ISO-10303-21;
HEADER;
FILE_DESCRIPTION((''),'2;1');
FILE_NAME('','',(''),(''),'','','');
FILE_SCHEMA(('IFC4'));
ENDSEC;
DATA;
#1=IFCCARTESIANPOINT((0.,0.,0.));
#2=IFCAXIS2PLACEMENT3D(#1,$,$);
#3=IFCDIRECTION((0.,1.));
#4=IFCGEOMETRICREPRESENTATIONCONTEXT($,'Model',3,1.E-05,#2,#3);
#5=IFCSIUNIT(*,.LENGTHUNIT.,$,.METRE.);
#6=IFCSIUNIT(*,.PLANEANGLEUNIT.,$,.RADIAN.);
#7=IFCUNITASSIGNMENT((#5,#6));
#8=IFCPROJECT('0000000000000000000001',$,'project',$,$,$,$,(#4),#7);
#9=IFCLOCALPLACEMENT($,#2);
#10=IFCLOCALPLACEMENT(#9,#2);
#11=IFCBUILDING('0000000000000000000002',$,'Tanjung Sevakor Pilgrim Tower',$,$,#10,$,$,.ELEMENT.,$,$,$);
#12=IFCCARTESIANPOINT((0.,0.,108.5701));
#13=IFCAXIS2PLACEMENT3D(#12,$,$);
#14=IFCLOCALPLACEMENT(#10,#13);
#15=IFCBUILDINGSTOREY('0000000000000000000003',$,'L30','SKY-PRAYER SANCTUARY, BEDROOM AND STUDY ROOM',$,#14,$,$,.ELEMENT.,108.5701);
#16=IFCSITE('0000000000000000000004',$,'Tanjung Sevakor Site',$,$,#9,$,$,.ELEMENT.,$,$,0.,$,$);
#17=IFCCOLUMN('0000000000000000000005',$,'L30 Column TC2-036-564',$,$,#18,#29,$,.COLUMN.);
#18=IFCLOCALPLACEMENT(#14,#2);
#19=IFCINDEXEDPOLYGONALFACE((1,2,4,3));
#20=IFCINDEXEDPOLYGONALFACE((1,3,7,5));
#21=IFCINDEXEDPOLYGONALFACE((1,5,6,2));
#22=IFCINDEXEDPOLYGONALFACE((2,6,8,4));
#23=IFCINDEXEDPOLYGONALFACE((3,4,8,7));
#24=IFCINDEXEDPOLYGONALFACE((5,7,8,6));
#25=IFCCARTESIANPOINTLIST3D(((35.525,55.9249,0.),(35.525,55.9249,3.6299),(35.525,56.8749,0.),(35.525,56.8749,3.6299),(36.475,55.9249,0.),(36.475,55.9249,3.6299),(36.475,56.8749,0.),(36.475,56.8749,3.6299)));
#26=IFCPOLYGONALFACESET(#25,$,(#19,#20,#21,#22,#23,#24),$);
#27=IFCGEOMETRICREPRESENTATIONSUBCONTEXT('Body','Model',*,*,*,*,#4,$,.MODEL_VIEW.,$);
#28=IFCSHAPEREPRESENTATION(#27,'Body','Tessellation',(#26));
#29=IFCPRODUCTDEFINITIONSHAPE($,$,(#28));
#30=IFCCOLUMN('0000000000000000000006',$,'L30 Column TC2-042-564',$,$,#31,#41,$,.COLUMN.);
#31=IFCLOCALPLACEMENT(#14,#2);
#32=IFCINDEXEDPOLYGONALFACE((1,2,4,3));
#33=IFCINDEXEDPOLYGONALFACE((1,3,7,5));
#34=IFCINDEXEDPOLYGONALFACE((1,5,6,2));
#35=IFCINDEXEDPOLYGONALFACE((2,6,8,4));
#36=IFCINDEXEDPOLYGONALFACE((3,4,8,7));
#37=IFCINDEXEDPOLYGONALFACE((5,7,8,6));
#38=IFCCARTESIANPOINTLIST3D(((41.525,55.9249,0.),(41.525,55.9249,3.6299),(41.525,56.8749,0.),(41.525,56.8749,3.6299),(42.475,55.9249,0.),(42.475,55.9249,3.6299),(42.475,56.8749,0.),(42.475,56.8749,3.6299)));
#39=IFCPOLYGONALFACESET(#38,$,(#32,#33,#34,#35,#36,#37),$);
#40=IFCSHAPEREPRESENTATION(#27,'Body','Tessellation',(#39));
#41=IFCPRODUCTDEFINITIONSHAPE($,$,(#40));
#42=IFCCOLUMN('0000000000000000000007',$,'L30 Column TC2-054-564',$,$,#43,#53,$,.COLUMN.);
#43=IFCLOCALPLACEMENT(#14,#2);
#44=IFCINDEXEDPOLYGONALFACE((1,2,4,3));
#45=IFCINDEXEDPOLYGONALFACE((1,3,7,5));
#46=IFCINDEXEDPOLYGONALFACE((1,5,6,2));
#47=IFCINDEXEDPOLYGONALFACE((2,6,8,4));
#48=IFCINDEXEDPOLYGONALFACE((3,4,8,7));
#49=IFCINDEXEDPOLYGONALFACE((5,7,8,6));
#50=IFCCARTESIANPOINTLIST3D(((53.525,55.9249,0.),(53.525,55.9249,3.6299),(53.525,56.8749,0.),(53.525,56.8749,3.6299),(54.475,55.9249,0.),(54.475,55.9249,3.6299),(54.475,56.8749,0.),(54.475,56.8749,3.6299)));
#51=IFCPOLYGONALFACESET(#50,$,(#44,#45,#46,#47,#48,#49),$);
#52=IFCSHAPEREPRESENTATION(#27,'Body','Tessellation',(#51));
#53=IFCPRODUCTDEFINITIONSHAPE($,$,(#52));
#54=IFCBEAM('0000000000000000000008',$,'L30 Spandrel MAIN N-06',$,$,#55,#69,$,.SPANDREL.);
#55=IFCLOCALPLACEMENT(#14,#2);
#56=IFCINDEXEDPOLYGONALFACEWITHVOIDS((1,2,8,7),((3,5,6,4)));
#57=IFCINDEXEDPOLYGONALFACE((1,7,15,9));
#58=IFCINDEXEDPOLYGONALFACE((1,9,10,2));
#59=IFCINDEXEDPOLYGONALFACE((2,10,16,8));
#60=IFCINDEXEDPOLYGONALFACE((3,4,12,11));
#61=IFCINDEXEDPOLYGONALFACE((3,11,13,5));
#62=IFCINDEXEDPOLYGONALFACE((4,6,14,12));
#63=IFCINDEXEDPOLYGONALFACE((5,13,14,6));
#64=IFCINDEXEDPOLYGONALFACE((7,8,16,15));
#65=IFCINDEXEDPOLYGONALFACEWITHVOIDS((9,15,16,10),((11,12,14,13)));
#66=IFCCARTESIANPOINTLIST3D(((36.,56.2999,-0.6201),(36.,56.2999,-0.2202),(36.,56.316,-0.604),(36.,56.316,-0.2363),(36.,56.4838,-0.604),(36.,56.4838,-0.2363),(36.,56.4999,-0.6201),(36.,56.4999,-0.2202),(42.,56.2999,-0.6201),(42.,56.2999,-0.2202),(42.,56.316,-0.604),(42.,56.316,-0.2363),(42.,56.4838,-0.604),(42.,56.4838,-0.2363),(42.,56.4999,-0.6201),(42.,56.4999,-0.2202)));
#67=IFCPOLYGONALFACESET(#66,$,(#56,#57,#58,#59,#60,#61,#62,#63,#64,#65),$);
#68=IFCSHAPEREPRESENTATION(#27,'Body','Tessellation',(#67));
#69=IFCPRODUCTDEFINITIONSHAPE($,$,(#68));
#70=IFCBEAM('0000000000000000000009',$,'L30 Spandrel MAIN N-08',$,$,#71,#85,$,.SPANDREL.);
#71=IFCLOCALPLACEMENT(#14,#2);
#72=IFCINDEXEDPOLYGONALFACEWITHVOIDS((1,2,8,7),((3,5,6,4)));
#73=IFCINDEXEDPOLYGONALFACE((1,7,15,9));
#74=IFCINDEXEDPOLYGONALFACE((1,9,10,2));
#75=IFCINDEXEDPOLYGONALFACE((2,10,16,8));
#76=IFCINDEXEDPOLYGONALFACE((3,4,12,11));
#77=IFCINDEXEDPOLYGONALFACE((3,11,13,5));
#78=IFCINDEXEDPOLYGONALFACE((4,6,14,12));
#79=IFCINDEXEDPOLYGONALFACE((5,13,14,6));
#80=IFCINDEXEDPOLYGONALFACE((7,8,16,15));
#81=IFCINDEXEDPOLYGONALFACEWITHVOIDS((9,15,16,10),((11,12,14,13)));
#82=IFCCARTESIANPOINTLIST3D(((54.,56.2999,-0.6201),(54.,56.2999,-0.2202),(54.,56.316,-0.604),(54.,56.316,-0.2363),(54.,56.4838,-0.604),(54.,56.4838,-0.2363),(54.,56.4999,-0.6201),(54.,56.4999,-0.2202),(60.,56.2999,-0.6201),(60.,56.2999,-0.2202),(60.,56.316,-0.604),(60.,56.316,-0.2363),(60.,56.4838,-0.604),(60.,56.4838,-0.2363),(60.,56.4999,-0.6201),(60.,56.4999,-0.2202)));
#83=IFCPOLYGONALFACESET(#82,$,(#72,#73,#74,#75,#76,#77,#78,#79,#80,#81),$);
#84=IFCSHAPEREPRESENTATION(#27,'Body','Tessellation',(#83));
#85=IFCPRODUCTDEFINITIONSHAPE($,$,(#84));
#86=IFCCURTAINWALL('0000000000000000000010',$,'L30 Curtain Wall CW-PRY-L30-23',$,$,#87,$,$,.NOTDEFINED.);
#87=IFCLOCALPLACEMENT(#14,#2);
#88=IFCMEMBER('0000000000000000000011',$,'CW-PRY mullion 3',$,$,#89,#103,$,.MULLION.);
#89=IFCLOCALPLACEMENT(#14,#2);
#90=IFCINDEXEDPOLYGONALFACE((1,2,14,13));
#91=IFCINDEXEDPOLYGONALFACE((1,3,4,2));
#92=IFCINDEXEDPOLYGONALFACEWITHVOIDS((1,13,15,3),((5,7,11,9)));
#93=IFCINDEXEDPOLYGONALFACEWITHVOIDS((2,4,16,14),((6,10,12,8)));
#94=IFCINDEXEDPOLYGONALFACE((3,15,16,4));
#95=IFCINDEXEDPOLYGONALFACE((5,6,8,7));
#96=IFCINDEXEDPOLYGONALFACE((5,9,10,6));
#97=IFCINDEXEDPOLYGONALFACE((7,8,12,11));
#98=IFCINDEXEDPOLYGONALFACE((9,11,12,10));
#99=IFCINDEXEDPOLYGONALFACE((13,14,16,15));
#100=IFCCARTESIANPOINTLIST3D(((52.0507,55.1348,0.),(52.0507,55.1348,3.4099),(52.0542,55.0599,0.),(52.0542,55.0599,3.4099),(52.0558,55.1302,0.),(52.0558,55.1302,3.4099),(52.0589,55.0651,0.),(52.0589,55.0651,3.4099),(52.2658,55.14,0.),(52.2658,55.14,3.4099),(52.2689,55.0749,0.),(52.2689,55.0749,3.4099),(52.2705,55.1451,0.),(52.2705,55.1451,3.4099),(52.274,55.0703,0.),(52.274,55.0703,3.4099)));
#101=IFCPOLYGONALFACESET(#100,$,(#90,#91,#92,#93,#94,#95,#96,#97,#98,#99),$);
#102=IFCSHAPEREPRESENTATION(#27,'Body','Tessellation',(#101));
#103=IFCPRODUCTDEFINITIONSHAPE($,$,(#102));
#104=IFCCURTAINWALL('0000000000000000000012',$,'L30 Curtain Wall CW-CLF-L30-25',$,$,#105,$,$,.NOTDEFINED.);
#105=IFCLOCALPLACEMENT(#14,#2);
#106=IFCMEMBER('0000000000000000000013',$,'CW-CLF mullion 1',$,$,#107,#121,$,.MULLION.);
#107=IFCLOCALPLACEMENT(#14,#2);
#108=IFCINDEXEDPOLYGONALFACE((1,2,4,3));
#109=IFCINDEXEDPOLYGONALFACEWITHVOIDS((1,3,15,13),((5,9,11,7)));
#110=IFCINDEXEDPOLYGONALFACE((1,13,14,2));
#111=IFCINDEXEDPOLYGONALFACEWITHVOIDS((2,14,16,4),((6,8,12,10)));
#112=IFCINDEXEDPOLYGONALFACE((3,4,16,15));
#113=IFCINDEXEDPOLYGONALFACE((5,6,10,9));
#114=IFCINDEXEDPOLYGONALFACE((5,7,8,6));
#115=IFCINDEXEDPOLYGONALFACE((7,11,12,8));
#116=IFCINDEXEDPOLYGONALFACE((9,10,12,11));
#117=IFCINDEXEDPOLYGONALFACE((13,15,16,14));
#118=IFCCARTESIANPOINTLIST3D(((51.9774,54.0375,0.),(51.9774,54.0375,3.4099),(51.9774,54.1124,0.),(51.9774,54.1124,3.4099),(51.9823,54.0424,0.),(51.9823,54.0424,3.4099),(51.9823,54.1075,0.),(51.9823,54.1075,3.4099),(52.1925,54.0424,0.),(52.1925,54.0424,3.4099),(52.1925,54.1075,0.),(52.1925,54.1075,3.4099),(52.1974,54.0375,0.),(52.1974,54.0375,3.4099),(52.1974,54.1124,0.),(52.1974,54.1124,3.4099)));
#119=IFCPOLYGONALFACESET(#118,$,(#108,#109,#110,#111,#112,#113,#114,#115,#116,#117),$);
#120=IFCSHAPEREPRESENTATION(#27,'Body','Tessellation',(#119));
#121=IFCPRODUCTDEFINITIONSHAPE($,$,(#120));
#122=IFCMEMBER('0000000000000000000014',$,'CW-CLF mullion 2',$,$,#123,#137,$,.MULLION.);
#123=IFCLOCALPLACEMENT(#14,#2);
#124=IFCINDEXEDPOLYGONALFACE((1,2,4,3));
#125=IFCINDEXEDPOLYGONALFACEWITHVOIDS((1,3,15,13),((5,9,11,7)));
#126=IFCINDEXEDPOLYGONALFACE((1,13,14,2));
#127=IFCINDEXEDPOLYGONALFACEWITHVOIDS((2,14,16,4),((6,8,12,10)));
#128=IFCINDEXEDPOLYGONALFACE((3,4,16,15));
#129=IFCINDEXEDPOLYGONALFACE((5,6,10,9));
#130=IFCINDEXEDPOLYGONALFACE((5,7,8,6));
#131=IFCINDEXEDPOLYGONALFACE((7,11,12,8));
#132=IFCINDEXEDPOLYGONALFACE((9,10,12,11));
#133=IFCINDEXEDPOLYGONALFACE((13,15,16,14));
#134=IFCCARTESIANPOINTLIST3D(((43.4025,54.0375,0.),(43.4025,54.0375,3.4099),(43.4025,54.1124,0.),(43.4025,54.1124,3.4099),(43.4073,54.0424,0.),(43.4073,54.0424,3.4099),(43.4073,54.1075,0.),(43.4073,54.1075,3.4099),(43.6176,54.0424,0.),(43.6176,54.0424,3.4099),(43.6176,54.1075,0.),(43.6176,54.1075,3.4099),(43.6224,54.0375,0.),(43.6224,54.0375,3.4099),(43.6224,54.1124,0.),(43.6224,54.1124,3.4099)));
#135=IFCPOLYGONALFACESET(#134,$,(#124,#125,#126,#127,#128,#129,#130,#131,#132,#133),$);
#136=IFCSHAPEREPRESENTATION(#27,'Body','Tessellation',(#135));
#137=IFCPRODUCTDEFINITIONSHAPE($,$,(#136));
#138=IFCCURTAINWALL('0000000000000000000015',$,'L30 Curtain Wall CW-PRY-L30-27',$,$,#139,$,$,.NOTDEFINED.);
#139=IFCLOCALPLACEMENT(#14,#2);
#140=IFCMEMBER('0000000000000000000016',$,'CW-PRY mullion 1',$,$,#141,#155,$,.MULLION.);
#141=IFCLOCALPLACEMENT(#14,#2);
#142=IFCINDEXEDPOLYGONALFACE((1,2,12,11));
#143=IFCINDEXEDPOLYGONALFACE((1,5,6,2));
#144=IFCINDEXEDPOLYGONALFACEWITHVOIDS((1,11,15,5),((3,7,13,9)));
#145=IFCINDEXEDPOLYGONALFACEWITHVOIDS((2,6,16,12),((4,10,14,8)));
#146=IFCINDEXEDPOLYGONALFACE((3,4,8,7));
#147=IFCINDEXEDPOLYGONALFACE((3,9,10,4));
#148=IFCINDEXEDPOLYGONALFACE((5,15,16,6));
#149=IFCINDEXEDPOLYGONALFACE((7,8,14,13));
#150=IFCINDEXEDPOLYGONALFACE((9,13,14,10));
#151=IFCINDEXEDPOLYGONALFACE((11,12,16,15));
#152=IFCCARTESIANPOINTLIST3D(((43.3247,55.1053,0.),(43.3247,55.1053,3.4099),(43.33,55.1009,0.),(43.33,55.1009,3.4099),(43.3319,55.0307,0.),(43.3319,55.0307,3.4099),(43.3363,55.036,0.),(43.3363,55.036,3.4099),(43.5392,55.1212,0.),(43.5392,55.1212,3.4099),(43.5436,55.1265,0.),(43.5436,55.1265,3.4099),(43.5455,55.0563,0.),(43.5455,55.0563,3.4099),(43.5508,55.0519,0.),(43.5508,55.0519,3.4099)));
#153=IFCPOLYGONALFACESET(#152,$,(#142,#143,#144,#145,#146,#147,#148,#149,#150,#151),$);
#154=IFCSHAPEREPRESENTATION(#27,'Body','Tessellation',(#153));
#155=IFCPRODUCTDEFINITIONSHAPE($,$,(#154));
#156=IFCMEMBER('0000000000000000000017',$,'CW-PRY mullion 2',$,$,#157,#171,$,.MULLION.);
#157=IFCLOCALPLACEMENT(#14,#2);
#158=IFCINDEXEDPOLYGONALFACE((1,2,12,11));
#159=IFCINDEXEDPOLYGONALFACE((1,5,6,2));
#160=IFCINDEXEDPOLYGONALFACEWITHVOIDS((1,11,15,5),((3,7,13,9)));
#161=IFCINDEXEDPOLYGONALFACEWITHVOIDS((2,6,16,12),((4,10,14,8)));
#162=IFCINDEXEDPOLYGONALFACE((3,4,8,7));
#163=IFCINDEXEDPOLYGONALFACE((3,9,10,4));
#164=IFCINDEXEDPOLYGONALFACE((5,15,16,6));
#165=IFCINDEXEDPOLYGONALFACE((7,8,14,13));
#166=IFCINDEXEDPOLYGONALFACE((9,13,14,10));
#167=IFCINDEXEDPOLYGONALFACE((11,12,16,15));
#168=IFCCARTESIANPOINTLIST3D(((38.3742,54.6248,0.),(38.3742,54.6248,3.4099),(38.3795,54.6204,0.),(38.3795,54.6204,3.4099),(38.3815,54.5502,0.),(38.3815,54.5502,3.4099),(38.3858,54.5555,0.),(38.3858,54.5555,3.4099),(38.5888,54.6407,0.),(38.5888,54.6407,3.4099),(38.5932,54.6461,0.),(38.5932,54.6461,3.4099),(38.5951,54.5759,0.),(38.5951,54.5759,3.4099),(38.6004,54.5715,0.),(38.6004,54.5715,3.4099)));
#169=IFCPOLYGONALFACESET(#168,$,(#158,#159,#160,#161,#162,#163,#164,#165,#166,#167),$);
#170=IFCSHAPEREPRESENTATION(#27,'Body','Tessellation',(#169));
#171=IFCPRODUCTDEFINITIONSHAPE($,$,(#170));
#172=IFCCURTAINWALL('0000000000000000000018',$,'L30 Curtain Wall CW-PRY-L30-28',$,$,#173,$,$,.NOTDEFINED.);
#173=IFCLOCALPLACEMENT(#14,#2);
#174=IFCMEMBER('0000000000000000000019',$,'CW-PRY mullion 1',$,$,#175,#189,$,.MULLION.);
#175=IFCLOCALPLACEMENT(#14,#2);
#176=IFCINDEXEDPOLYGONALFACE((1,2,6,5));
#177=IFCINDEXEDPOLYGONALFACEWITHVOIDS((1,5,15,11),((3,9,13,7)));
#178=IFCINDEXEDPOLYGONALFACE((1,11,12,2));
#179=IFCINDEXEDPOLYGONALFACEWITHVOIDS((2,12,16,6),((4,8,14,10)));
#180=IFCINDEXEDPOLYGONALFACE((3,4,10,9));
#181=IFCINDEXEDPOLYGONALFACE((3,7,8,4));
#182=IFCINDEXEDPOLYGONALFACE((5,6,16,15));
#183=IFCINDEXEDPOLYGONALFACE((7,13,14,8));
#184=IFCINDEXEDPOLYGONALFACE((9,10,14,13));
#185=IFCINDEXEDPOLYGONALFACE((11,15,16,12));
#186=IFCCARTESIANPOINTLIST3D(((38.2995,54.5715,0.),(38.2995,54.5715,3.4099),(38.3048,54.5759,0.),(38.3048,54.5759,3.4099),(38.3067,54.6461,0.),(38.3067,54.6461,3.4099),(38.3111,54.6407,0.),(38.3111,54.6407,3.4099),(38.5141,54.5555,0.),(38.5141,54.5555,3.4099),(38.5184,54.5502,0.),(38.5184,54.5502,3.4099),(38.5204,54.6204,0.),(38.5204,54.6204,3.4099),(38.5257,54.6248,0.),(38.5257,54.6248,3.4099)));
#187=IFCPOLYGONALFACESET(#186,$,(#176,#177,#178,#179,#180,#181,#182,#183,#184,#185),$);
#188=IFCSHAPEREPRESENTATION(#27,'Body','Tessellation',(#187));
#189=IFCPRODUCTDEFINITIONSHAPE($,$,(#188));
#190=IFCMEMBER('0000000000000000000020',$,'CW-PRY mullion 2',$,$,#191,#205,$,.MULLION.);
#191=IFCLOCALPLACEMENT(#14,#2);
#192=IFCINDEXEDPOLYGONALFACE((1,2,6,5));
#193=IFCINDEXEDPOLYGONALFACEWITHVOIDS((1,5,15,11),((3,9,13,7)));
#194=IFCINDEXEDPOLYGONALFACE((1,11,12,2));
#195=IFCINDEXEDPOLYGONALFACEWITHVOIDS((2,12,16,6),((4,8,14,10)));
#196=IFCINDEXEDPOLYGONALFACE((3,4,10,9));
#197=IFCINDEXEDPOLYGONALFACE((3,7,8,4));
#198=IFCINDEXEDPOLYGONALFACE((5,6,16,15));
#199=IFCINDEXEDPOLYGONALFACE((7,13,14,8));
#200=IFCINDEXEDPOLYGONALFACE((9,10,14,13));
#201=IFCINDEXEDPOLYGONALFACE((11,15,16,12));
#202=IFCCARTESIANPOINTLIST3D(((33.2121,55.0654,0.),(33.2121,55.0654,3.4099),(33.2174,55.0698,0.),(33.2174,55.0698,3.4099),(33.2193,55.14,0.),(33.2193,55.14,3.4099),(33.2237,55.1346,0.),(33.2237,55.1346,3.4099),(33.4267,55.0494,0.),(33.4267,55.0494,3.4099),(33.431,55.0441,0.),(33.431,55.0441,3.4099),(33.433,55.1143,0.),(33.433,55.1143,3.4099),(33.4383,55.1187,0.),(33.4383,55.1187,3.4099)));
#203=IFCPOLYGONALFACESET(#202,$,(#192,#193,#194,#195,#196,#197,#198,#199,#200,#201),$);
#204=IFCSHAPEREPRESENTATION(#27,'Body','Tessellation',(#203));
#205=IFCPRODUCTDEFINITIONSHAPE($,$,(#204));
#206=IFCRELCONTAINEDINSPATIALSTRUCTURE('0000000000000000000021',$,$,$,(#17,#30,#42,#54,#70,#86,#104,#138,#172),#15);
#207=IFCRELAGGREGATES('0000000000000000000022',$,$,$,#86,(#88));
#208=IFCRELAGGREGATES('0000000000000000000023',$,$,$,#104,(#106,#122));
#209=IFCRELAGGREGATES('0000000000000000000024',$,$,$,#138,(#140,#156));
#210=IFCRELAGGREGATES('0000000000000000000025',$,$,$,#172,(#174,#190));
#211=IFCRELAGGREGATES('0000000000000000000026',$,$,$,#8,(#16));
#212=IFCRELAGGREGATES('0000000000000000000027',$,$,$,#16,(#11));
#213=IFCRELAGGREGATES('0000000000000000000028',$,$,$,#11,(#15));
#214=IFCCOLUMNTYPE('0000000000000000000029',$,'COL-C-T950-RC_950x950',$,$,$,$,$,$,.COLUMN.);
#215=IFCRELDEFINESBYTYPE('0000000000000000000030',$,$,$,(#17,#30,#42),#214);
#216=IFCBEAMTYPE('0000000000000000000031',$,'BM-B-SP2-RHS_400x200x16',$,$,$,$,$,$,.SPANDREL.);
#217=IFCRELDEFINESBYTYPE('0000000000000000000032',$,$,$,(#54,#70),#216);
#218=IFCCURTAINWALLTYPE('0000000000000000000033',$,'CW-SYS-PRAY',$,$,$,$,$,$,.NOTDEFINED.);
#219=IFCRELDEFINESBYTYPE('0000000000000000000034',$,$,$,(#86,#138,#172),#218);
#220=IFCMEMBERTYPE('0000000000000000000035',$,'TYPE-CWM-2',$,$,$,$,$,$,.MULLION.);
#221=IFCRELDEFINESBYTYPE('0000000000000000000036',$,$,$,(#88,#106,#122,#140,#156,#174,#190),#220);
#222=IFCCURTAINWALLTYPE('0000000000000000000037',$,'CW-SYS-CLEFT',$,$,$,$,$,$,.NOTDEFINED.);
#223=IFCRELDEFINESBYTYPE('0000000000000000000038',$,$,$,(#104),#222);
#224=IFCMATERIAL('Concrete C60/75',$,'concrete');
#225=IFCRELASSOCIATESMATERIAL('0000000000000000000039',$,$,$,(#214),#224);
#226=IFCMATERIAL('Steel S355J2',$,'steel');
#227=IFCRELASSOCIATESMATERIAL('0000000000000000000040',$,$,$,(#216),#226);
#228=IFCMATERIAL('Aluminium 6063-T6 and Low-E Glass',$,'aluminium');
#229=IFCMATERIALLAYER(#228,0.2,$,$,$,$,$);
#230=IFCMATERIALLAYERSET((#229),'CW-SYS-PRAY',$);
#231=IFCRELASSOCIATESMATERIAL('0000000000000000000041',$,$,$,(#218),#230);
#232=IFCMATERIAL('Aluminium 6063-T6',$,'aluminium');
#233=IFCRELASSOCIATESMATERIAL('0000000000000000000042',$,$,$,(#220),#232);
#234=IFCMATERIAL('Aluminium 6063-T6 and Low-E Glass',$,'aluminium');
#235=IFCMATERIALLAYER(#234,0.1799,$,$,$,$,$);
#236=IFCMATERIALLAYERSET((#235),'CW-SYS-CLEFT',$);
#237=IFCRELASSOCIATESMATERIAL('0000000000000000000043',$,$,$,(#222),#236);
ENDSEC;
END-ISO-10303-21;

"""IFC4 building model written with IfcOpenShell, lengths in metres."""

from ifc_helpers import new_model, si_unit, direction, frame, origin, origin_2d, place, context, subcontext, project, spatial, rectangle, hollow_rectangle, extrude, material, layer, layer_set, material_profile, profile_set, type_object, element, aggregate, save


model = new_model("IFC4")

# Units and contexts
model_context = context("Model", 3, precision=1e-05, world=origin(), true_north=direction((0.0, 1.0)))
body_context = subcontext(model_context, "Body", "Model", "MODEL_VIEW")
ifc_project = project(units=[si_unit("LENGTHUNIT", "METRE"), si_unit("PLANEANGLEUNIT", "RADIAN")], contexts=[model_context])

# Site, building, storey
site_placement = place(None, origin())
site = spatial("IfcSite", under=ifc_project, at=site_placement, Name="Tanjung Sevakor Site", CompositionType="ELEMENT", RefElevation=0.0)
building_placement = place(site_placement, origin())
building = spatial("IfcBuilding", under=site, at=building_placement, Name="Tanjung Sevakor Pilgrim Tower", CompositionType="ELEMENT")
storey_placement = place(building_placement, frame((0.0, 0.0, 108.5701)))
storey = spatial("IfcBuildingStorey", under=building, at=storey_placement, Name="L30", Description="SKY-PRAYER SANCTUARY, BEDROOM AND STUDY ROOM", CompositionType="ELEMENT", Elevation=108.5701)

# Columns
ifc_material_1 = material(Name="Concrete C60/75", Category="concrete")
ifc_material_profile_1 = material_profile(ifc_material_1, rectangle(XDim=0.95, YDim=0.95, at=origin_2d()))
ifc_profile_set_1 = profile_set([ifc_material_profile_1], Name="Concrete C60/75")
column_type = type_object("IfcColumnType", Name="COL-C-T950-RC_950x950", PredefinedType="COLUMN", material=ifc_profile_set_1)
for number, where, z_axis, x_axis, name in (
    (1, (36.0, 56.3999, 0.0), (0.0, 0.0, 1.0), (1.0, 0.0, 0.0), "L30 Column TC2-036-564"),
    (2, (42.0, 56.3999, 0.0), (0.0, 0.0, 1.0), (1.0, 0.0, 0.0), "L30 Column TC2-042-564"),
    (3, (54.0, 56.3999, 0.0), (0.0, 0.0, 1.0), (1.0, 0.0, 0.0), "L30 Column TC2-054-564"),
):
    element("IfcColumn", number, at=place(storey_placement, frame(where, z_axis=z_axis, x_axis=x_axis)), inside=storey, type_object=column_type, Name=name, PredefinedType="COLUMN", context=body_context, shape_type="SweptSolid", body=[
        extrude(rectangle(XDim=0.95, YDim=0.95, at=origin_2d()), origin(), (0.0, 0.0, 1.0), 3.6299),
    ])

# Beams
ifc_material_2 = material(Name="Steel S355J2", Category="steel")
ifc_material_profile_2 = material_profile(ifc_material_2, hollow_rectangle(XDim=0.2, YDim=0.3999, WallThickness=0.0161, at=origin_2d()))
ifc_profile_set_2 = profile_set([ifc_material_profile_2], Name="Steel S355J2")
beam_type = type_object("IfcBeamType", Name="BM-B-SP2-RHS_400x200x16", PredefinedType="SPANDREL", material=ifc_profile_set_2)
for number, where, z_axis, x_axis, name in (
    (4, (36.0, 56.3999, -0.4202), (1.0, 0.0, 0.0), (0.0, 1.0, 0.0), "L30 Spandrel MAIN N-06"),
    (5, (54.0, 56.3999, -0.4202), (1.0, 0.0, 0.0), (0.0, 1.0, 0.0), "L30 Spandrel MAIN N-08"),
):
    element("IfcBeam", number, at=place(storey_placement, frame(where, z_axis=z_axis, x_axis=x_axis)), inside=storey, type_object=beam_type, Name=name, PredefinedType="SPANDREL", context=body_context, shape_type="SweptSolid", body=[
        extrude(hollow_rectangle(XDim=0.2, YDim=0.3999, WallThickness=0.0161, at=origin_2d()), origin(), (0.0, 0.0, 1.0), 6.0),
    ])

# Curtain wall, member
ifc_material_3 = material(Name="Aluminium 6063-T6 and Low-E Glass", Category="aluminium")
ifc_layer_1 = layer(ifc_material_3, 0.2)
ifc_layer_set_1 = layer_set([ifc_layer_1], Name="CW-SYS-PRAY")
curtain_wall_type_1 = type_object("IfcCurtainWallType", Name="CW-SYS-PRAY", PredefinedType="NOTDEFINED", material=ifc_layer_set_1)
curtain_wall_1_placement = place(storey_placement, origin())
curtain_wall_1 = element("IfcCurtainWall", 6, at=curtain_wall_1_placement, inside=storey, type_object=curtain_wall_type_1, Name="L30 Curtain Wall CW-PRY-L30-23", PredefinedType="NOTDEFINED")
ifc_material_4 = material(Name="Aluminium 6063-T6", Category="aluminium")
ifc_material_profile_3 = material_profile(ifc_material_4, hollow_rectangle(XDim=0.075, YDim=0.22, WallThickness=0.0049, at=origin_2d()))
ifc_profile_set_3 = profile_set([ifc_material_profile_3], Name="Aluminium 6063-T6")
member_type_1 = type_object("IfcMemberType", Name="TYPE-CWM-2", PredefinedType="MULLION", material=ifc_profile_set_3)
member_1_placement = place(storey_placement, frame((52.1624, 55.1025, 0.0), z_axis=(0.0, 0.0, 1.0), x_axis=(0.046903, -0.998899, 0.0)))
member_1 = element("IfcMember", 7, at=member_1_placement, type_object=member_type_1, Name="CW-PRY mullion 3", PredefinedType="MULLION", context=body_context, shape_type="SweptSolid", body=[
    extrude(hollow_rectangle(XDim=0.075, YDim=0.22, WallThickness=0.0049, at=origin_2d()), origin(), (0.0, 0.0, 1.0), 3.4099),
])
aggregate(curtain_wall_1, [member_1])

# Curtain walls, members
ifc_material_5 = material(Name="Aluminium 6063-T6 and Low-E Glass", Category="aluminium")
ifc_layer_2 = layer(ifc_material_5, 0.1799)
ifc_layer_set_2 = layer_set([ifc_layer_2], Name="CW-SYS-CLEFT")
curtain_wall_type_2 = type_object("IfcCurtainWallType", Name="CW-SYS-CLEFT", PredefinedType="NOTDEFINED", material=ifc_layer_set_2)
curtain_wall_2_placement = place(storey_placement, origin())
curtain_wall_2 = element("IfcCurtainWall", 8, at=curtain_wall_2_placement, inside=storey, type_object=curtain_wall_type_2, Name="L30 Curtain Wall CW-CLF-L30-25", PredefinedType="NOTDEFINED")
member_2_placement = place(storey_placement, frame((52.0874, 54.075, 0.0), z_axis=(0.0, 0.0, 1.0), x_axis=(0.0, -1.0, 0.0)))
member_2 = element("IfcMember", 9, at=member_2_placement, type_object=member_type_1, Name="CW-CLF mullion 1", PredefinedType="MULLION", context=body_context, shape_type="SweptSolid", body=[
    extrude(hollow_rectangle(XDim=0.075, YDim=0.22, WallThickness=0.0049, at=origin_2d()), origin(), (0.0, 0.0, 1.0), 3.4099),
])
member_3_placement = place(storey_placement, frame((43.5125, 54.075, 0.0), z_axis=(0.0, 0.0, 1.0), x_axis=(0.0, -1.0, 0.0)))
member_3 = element("IfcMember", 10, at=member_3_placement, type_object=member_type_1, Name="CW-CLF mullion 2", PredefinedType="MULLION", context=body_context, shape_type="SweptSolid", body=[
    extrude(hollow_rectangle(XDim=0.075, YDim=0.22, WallThickness=0.0049, at=origin_2d()), origin(), (0.0, 0.0, 1.0), 3.4099),
])
curtain_wall_3_placement = place(storey_placement, origin())
curtain_wall_3 = element("IfcCurtainWall", 11, at=curtain_wall_3_placement, inside=storey, type_object=curtain_wall_type_1, Name="L30 Curtain Wall CW-PRY-L30-27", PredefinedType="NOTDEFINED")
member_4_placement = place(storey_placement, frame((43.4377, 55.0786, 0.0), z_axis=(0.0, 0.0, 1.0), x_axis=(0.09664, -0.995319, 0.0)))
member_4 = element("IfcMember", 12, at=member_4_placement, type_object=member_type_1, Name="CW-PRY mullion 1", PredefinedType="MULLION", context=body_context, shape_type="SweptSolid", body=[
    extrude(hollow_rectangle(XDim=0.075, YDim=0.22, WallThickness=0.0049, at=origin_2d()), origin(), (0.0, 0.0, 1.0), 3.4099),
])
member_5_placement = place(storey_placement, frame((38.4873, 54.5981, 0.0), z_axis=(0.0, 0.0, 1.0), x_axis=(0.09664, -0.995319, 0.0)))
member_5 = element("IfcMember", 13, at=member_5_placement, type_object=member_type_1, Name="CW-PRY mullion 2", PredefinedType="MULLION", context=body_context, shape_type="SweptSolid", body=[
    extrude(hollow_rectangle(XDim=0.075, YDim=0.22, WallThickness=0.0049, at=origin_2d()), origin(), (0.0, 0.0, 1.0), 3.4099),
])
curtain_wall_4_placement = place(storey_placement, origin())
curtain_wall_4 = element("IfcCurtainWall", 14, at=curtain_wall_4_placement, inside=storey, type_object=curtain_wall_type_1, Name="L30 Curtain Wall CW-PRY-L30-28", PredefinedType="NOTDEFINED")
member_6_placement = place(storey_placement, frame((38.4126, 54.5981, 0.0), z_axis=(0.0, 0.0, 1.0), x_axis=(-0.096638, -0.99532, 0.0)))
member_6 = element("IfcMember", 15, at=member_6_placement, type_object=member_type_1, Name="CW-PRY mullion 1", PredefinedType="MULLION", context=body_context, shape_type="SweptSolid", body=[
    extrude(hollow_rectangle(XDim=0.075, YDim=0.22, WallThickness=0.0049, at=origin_2d()), origin(), (0.0, 0.0, 1.0), 3.4099),
])
member_7_placement = place(storey_placement, frame((33.3252, 55.092, 0.0), z_axis=(0.0, 0.0, 1.0), x_axis=(-0.096638, -0.99532, 0.0)))
member_7 = element("IfcMember", 16, at=member_7_placement, type_object=member_type_1, Name="CW-PRY mullion 2", PredefinedType="MULLION", context=body_context, shape_type="SweptSolid", body=[
    extrude(hollow_rectangle(XDim=0.075, YDim=0.22, WallThickness=0.0049, at=origin_2d()), origin(), (0.0, 0.0, 1.0), 3.4099),
])

aggregate(curtain_wall_2, [member_2, member_3])
aggregate(curtain_wall_3, [member_4, member_5])
aggregate(curtain_wall_4, [member_6, member_7])

save(model, "model.ifc")
